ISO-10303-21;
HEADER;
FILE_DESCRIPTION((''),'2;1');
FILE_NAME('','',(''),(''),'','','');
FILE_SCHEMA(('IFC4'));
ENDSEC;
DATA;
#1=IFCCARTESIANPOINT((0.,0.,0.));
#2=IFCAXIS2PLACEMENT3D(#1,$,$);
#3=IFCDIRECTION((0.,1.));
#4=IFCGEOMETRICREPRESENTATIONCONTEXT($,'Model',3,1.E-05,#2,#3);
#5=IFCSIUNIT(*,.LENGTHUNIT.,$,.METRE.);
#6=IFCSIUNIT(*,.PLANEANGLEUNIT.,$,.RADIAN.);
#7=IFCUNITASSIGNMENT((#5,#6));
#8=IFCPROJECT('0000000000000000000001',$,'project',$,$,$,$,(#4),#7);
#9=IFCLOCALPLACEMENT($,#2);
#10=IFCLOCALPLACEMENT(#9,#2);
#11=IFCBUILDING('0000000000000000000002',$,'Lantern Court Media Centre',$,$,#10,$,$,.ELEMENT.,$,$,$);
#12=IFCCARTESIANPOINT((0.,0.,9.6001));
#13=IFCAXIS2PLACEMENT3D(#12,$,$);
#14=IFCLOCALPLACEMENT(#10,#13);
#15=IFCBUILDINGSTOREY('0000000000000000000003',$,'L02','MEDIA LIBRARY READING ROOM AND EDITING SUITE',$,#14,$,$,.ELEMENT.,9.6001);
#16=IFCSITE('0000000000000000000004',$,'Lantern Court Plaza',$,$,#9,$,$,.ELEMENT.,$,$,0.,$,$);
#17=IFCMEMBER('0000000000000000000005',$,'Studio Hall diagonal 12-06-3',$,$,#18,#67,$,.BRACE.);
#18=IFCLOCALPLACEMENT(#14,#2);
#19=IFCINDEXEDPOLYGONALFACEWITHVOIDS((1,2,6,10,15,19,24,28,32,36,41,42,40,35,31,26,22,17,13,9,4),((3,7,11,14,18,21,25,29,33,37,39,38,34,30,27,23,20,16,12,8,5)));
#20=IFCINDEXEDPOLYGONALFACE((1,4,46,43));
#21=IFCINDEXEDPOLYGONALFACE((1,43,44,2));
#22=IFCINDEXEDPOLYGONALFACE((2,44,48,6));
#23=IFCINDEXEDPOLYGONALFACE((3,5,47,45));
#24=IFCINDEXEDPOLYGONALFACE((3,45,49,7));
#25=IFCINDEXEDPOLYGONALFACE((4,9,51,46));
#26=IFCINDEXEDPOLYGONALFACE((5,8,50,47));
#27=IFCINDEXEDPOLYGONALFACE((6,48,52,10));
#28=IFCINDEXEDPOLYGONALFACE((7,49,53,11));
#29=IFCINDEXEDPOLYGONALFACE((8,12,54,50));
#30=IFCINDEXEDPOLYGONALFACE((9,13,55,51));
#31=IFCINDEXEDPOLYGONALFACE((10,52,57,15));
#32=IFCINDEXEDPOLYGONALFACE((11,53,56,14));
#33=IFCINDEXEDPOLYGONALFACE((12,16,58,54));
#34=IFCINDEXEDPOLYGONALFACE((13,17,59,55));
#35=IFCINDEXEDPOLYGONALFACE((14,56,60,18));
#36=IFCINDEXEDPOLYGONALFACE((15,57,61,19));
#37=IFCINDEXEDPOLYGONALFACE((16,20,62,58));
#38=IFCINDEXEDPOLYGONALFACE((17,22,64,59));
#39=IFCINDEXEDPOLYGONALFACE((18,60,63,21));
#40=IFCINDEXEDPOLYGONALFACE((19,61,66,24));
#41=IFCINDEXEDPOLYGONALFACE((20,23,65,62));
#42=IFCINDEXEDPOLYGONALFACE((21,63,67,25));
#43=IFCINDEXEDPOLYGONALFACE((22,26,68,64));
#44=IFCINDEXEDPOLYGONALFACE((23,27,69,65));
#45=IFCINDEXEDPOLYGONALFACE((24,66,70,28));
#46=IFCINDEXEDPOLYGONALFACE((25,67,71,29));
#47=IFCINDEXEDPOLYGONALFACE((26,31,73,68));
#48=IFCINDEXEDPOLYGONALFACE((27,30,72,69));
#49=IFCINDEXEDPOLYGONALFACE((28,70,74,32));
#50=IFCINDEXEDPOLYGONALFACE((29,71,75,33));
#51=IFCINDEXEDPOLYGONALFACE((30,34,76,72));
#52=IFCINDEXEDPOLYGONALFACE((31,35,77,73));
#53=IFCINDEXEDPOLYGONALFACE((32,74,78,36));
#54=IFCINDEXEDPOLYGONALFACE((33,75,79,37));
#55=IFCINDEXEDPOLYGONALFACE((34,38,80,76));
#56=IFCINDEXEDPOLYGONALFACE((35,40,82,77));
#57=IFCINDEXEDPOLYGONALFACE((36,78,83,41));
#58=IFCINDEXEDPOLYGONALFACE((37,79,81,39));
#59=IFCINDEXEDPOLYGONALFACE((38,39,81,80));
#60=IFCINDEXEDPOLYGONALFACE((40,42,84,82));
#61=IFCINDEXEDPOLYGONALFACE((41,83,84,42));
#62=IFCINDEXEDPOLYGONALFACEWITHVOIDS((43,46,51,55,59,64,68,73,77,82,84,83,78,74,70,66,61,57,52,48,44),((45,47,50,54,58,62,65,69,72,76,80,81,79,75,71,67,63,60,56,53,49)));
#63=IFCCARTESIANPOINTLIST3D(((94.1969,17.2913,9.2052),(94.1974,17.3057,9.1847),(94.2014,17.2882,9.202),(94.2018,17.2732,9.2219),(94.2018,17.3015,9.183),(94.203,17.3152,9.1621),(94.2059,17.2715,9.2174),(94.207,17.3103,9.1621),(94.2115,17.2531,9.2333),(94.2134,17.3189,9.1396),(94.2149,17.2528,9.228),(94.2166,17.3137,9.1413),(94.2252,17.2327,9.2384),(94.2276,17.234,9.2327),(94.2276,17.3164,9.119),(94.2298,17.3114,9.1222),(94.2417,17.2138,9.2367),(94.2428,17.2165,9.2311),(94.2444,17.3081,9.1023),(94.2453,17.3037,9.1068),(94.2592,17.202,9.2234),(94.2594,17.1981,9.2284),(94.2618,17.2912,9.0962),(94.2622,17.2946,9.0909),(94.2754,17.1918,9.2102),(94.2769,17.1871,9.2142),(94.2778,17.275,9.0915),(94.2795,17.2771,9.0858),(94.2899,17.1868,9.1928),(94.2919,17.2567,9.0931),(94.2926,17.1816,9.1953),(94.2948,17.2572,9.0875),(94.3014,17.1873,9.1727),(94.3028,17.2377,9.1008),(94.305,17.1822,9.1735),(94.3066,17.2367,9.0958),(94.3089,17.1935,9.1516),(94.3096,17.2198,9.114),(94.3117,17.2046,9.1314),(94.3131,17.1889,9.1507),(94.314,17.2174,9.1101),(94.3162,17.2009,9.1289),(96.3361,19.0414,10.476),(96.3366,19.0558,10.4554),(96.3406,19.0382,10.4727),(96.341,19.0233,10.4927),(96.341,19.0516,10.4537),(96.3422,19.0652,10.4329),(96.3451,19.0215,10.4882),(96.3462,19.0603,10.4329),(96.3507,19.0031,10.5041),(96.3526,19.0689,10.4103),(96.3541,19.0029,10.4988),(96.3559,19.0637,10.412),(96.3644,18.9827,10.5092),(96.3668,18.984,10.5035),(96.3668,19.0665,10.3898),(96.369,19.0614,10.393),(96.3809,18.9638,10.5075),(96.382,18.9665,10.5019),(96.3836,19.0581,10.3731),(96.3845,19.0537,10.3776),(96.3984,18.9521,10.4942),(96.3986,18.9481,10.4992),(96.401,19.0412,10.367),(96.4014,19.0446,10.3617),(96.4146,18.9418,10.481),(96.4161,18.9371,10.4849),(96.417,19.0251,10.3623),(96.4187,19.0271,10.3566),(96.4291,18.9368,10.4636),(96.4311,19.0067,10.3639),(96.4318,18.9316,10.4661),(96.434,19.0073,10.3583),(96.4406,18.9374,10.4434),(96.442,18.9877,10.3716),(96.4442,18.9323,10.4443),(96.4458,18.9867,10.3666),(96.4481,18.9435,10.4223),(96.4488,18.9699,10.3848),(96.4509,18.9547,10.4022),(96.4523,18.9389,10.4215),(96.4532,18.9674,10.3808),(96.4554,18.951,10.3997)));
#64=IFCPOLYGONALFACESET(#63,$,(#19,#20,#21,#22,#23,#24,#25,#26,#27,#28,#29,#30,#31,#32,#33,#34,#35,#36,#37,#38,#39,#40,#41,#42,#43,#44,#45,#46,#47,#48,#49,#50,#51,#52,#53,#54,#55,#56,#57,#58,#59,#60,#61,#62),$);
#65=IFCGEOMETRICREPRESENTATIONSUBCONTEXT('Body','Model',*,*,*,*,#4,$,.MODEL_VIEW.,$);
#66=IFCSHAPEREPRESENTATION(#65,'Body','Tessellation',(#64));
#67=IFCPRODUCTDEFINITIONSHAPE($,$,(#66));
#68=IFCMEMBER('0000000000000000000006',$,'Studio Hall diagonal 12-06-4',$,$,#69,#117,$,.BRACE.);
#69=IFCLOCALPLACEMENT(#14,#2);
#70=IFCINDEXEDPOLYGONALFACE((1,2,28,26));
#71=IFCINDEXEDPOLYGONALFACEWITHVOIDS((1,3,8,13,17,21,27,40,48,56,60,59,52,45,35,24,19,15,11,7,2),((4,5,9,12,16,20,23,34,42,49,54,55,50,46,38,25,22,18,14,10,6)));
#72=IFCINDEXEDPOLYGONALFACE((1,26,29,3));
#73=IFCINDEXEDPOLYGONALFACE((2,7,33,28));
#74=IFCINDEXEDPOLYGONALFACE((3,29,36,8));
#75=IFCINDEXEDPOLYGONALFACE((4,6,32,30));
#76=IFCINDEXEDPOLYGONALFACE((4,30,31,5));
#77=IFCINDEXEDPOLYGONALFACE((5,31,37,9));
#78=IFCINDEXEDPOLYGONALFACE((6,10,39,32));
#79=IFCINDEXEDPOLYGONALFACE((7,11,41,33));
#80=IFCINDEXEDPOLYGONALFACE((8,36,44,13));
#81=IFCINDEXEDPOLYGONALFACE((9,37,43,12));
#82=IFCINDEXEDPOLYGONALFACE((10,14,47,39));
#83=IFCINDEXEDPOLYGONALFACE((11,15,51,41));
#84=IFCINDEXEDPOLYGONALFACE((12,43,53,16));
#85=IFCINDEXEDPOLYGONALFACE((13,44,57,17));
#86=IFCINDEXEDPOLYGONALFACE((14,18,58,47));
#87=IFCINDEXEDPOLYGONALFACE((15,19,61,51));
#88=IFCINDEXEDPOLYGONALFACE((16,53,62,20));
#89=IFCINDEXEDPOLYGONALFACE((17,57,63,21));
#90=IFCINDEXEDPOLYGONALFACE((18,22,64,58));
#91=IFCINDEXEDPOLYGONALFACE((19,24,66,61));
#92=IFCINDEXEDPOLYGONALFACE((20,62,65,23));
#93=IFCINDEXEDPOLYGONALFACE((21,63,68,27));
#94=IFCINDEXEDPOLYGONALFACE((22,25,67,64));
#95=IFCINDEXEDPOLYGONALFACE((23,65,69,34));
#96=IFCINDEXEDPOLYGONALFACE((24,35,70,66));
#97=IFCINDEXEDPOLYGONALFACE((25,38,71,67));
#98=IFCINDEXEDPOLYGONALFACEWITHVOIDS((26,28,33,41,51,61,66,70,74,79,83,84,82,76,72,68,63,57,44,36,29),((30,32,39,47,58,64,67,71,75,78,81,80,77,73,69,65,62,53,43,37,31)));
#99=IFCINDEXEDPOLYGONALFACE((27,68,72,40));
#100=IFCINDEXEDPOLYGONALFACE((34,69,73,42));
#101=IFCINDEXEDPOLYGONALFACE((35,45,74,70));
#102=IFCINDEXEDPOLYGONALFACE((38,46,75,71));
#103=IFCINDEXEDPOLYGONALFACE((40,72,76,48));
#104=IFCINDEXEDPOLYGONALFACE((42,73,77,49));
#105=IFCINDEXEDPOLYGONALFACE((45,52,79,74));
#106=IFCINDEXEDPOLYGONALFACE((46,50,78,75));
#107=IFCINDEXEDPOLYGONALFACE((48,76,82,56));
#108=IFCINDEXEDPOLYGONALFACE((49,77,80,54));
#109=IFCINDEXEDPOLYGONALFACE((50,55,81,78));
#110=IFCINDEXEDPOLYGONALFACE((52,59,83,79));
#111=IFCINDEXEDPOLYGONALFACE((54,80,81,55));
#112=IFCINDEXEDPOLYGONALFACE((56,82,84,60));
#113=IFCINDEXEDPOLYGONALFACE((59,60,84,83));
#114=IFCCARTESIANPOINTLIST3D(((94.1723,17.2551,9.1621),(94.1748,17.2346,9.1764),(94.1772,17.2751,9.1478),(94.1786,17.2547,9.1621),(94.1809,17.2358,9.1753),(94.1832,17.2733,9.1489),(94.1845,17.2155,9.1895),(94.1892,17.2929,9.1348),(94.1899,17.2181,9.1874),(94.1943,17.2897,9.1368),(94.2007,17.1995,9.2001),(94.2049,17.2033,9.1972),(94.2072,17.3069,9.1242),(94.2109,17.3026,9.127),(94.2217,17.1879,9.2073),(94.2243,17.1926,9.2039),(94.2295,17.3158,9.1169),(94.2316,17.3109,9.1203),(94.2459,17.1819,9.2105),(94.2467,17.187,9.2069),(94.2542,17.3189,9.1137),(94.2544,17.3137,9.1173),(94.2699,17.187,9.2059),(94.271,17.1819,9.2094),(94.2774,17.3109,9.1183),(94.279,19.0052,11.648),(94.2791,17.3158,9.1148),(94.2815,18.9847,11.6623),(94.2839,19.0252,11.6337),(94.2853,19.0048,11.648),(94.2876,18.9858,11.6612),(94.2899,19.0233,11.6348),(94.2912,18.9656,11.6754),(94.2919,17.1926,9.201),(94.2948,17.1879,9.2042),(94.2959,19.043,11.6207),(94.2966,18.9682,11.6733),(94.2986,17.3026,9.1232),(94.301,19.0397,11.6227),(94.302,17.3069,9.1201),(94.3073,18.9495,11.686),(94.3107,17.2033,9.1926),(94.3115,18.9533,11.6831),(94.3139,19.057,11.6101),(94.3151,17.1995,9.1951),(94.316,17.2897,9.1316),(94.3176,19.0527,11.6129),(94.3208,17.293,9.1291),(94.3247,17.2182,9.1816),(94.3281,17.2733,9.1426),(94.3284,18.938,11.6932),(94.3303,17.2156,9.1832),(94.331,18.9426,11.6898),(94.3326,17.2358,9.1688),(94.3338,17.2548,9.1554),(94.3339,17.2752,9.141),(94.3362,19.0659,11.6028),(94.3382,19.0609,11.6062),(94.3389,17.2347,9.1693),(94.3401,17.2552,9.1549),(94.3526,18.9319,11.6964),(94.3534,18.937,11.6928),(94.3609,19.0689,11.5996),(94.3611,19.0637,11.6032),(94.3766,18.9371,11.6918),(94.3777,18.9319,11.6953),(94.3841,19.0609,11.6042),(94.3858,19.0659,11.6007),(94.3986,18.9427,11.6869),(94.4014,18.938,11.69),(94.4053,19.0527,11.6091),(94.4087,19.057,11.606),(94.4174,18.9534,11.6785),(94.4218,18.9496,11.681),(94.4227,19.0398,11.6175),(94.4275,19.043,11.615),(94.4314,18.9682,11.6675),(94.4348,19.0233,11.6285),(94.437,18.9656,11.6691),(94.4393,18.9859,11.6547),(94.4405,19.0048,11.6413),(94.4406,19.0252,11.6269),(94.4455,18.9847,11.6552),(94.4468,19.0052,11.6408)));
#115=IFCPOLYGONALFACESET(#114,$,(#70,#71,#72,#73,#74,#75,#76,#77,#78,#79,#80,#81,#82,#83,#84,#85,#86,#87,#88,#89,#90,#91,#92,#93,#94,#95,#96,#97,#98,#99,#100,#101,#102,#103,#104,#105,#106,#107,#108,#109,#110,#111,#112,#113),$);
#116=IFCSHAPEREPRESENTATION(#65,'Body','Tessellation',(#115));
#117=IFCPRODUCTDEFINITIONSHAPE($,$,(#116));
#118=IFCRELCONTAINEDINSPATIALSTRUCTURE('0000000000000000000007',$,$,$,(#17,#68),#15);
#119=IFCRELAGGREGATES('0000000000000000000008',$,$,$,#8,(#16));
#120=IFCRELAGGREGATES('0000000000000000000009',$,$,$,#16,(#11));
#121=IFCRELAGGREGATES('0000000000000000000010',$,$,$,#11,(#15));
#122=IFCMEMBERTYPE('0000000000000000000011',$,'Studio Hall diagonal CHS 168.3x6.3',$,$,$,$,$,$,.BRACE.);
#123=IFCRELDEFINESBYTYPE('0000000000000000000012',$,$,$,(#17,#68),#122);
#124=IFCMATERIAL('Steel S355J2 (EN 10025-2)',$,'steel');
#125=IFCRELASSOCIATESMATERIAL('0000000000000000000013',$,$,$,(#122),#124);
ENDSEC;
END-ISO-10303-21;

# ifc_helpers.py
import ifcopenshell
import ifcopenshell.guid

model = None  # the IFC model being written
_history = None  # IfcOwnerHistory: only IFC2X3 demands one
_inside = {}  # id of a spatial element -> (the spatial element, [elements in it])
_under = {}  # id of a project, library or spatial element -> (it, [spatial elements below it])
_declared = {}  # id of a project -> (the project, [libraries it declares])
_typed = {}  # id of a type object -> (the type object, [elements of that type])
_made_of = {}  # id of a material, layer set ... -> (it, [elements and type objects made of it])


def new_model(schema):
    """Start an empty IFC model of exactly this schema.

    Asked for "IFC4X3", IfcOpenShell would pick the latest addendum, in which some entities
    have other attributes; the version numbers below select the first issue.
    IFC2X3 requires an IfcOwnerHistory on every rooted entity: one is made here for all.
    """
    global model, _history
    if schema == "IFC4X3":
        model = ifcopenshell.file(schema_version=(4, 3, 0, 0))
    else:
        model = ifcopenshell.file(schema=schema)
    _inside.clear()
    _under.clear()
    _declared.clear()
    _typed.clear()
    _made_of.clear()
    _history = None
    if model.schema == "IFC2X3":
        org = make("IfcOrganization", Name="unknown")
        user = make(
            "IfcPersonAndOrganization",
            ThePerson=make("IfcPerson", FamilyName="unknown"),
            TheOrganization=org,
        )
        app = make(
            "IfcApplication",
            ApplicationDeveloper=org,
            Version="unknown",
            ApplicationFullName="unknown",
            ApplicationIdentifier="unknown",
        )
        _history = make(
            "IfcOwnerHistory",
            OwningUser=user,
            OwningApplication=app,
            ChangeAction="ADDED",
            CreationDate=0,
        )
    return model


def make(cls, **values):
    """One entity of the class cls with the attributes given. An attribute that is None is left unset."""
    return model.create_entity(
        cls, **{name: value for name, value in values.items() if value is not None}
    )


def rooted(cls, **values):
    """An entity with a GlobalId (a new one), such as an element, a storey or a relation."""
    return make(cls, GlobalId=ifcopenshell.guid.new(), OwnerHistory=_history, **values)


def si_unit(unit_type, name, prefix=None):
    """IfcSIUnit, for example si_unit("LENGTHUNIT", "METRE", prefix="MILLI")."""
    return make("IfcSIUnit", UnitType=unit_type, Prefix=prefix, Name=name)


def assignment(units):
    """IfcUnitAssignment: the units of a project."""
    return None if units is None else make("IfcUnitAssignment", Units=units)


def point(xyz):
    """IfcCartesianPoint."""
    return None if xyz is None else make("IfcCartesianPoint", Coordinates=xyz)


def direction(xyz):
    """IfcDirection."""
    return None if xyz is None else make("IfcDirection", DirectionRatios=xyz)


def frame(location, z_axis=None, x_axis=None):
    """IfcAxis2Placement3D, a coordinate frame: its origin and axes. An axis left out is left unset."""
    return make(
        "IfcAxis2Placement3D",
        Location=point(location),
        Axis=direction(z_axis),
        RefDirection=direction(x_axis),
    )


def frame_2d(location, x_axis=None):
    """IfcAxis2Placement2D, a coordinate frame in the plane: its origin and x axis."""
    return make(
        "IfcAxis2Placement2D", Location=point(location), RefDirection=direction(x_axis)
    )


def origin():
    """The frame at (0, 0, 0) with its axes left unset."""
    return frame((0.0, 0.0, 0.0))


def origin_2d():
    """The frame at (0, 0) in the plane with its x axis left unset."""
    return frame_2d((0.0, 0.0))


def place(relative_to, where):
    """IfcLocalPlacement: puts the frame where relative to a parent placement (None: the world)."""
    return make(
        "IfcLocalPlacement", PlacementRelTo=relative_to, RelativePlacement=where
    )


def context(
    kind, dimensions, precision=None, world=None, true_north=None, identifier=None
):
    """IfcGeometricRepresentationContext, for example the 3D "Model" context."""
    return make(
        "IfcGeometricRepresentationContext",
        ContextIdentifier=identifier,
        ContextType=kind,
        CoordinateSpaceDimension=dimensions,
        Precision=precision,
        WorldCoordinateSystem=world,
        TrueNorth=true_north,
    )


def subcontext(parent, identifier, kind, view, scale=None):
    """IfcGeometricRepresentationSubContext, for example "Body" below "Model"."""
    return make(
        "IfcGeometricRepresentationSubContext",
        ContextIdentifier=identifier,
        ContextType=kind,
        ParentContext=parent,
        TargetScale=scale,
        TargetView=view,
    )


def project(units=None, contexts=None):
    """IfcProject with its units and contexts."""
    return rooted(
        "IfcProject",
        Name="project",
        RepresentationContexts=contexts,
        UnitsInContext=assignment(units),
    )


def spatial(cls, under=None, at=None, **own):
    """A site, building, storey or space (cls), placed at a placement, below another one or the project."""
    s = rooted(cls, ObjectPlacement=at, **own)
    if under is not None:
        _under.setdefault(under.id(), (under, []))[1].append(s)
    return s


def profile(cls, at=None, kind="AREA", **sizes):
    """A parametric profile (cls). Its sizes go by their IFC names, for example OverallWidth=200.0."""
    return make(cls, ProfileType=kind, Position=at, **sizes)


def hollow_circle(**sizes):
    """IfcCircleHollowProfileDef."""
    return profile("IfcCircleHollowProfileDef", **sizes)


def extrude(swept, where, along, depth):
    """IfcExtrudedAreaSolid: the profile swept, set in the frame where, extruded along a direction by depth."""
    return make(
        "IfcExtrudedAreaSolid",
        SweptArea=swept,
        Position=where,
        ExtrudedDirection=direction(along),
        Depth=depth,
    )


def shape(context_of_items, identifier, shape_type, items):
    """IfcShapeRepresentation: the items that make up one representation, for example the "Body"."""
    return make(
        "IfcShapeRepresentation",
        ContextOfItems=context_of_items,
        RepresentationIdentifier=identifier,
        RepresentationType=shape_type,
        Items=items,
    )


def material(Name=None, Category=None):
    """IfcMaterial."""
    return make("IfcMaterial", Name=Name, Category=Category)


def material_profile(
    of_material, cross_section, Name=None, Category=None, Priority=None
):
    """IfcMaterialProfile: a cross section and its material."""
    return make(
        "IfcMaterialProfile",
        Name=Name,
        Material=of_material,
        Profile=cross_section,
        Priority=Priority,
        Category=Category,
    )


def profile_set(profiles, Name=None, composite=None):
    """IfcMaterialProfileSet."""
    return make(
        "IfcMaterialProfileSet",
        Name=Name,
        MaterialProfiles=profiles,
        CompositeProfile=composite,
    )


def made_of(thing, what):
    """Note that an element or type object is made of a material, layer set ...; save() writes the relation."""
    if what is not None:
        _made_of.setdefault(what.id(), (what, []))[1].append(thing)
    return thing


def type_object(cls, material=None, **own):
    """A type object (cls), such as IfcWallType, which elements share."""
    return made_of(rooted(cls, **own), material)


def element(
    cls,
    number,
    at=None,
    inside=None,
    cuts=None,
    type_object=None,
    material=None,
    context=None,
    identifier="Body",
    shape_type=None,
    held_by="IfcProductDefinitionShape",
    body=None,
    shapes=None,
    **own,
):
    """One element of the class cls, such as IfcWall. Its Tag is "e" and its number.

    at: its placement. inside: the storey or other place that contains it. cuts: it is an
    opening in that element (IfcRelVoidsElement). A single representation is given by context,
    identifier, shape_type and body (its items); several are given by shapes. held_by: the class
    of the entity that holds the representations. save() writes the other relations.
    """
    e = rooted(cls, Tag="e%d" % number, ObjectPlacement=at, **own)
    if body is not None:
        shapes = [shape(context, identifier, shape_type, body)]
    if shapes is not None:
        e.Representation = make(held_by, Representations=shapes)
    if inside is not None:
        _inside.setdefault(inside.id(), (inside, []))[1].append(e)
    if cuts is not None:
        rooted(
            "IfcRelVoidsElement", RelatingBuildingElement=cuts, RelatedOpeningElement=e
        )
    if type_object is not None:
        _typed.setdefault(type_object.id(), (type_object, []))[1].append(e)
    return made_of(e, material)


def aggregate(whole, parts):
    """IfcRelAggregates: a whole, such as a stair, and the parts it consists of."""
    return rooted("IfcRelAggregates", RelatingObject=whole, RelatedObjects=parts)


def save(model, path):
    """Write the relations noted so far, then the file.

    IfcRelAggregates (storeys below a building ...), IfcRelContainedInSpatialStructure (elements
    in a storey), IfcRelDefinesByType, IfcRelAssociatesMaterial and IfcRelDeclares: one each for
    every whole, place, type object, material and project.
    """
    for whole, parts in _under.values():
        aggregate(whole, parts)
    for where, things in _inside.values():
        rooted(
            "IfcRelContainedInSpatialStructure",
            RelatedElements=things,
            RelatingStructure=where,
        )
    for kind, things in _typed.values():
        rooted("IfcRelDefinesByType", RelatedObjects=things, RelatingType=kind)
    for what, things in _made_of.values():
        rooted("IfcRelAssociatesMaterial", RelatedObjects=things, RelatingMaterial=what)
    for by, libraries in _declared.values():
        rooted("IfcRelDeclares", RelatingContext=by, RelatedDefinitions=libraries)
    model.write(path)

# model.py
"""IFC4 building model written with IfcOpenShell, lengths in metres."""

from ifc_helpers import new_model, si_unit, direction, frame, origin, origin_2d, place, context, subcontext, project, spatial, hollow_circle, extrude, material, material_profile, profile_set, type_object, element, save


model = new_model("IFC4")

# Units and contexts
model_context = context("Model", 3, precision=1e-05, world=origin(), true_north=direction((0.0, 1.0)))
body_context = subcontext(model_context, "Body", "Model", "MODEL_VIEW")
ifc_project = project(units=[si_unit("LENGTHUNIT", "METRE"), si_unit("PLANEANGLEUNIT", "RADIAN")], contexts=[model_context])

# Site, building, storey
site_placement = place(None, origin())
site = spatial("IfcSite", under=ifc_project, at=site_placement, Name="Lantern Court Plaza", CompositionType="ELEMENT", RefElevation=0.0)
building_placement = place(site_placement, origin())
building = spatial("IfcBuilding", under=site, at=building_placement, Name="Lantern Court Media Centre", CompositionType="ELEMENT")
storey_placement = place(building_placement, frame((0.0, 0.0, 9.6001)))
storey = spatial("IfcBuildingStorey", under=building, at=storey_placement, Name="L02", Description="MEDIA LIBRARY READING ROOM AND EDITING SUITE", CompositionType="ELEMENT", Elevation=9.6001)

# Members
ifc_material_1 = material(Name="Steel S355J2 (EN 10025-2)", Category="steel")
ifc_material_profile_1 = material_profile(ifc_material_1, hollow_circle(Radius=0.0842, WallThickness=0.0063, at=origin_2d()), Name="Studio Hall diagonal CHS 168.3x6.3")
ifc_profile_set_1 = profile_set([ifc_material_profile_1], Name="Steel S355J2 (EN 10025-2)")
member_type_1 = type_object("IfcMemberType", Name="Studio Hall diagonal CHS 168.3x6.3", PredefinedType="BRACE", material=ifc_profile_set_1)
for number, where, z_axis, x_axis, name in (
    (1, (94.2563, 17.25, 9.1621), (0.703225, 0.575293, 0.417746), (-0.63319, 0.773997, 0.0), "Studio Hall diagonal 12-06-3"),
    (2, (94.2563, 17.25, 9.1621), (0.035073, 0.575294, 0.817194), (-0.998147, 0.060852, 0.0), "Studio Hall diagonal 12-06-4"),
):
    element("IfcMember", number, at=place(storey_placement, frame(where, z_axis=z_axis, x_axis=x_axis)), inside=storey, type_object=member_type_1, Name=name, PredefinedType="BRACE", context=body_context, shape_type="SweptSolid", body=[
        extrude(hollow_circle(Radius=0.0842, WallThickness=0.0063, at=origin_2d()), origin(), (0.0, 0.0, 1.0), 3.042),
    ])

save(model, "model.ifc")
